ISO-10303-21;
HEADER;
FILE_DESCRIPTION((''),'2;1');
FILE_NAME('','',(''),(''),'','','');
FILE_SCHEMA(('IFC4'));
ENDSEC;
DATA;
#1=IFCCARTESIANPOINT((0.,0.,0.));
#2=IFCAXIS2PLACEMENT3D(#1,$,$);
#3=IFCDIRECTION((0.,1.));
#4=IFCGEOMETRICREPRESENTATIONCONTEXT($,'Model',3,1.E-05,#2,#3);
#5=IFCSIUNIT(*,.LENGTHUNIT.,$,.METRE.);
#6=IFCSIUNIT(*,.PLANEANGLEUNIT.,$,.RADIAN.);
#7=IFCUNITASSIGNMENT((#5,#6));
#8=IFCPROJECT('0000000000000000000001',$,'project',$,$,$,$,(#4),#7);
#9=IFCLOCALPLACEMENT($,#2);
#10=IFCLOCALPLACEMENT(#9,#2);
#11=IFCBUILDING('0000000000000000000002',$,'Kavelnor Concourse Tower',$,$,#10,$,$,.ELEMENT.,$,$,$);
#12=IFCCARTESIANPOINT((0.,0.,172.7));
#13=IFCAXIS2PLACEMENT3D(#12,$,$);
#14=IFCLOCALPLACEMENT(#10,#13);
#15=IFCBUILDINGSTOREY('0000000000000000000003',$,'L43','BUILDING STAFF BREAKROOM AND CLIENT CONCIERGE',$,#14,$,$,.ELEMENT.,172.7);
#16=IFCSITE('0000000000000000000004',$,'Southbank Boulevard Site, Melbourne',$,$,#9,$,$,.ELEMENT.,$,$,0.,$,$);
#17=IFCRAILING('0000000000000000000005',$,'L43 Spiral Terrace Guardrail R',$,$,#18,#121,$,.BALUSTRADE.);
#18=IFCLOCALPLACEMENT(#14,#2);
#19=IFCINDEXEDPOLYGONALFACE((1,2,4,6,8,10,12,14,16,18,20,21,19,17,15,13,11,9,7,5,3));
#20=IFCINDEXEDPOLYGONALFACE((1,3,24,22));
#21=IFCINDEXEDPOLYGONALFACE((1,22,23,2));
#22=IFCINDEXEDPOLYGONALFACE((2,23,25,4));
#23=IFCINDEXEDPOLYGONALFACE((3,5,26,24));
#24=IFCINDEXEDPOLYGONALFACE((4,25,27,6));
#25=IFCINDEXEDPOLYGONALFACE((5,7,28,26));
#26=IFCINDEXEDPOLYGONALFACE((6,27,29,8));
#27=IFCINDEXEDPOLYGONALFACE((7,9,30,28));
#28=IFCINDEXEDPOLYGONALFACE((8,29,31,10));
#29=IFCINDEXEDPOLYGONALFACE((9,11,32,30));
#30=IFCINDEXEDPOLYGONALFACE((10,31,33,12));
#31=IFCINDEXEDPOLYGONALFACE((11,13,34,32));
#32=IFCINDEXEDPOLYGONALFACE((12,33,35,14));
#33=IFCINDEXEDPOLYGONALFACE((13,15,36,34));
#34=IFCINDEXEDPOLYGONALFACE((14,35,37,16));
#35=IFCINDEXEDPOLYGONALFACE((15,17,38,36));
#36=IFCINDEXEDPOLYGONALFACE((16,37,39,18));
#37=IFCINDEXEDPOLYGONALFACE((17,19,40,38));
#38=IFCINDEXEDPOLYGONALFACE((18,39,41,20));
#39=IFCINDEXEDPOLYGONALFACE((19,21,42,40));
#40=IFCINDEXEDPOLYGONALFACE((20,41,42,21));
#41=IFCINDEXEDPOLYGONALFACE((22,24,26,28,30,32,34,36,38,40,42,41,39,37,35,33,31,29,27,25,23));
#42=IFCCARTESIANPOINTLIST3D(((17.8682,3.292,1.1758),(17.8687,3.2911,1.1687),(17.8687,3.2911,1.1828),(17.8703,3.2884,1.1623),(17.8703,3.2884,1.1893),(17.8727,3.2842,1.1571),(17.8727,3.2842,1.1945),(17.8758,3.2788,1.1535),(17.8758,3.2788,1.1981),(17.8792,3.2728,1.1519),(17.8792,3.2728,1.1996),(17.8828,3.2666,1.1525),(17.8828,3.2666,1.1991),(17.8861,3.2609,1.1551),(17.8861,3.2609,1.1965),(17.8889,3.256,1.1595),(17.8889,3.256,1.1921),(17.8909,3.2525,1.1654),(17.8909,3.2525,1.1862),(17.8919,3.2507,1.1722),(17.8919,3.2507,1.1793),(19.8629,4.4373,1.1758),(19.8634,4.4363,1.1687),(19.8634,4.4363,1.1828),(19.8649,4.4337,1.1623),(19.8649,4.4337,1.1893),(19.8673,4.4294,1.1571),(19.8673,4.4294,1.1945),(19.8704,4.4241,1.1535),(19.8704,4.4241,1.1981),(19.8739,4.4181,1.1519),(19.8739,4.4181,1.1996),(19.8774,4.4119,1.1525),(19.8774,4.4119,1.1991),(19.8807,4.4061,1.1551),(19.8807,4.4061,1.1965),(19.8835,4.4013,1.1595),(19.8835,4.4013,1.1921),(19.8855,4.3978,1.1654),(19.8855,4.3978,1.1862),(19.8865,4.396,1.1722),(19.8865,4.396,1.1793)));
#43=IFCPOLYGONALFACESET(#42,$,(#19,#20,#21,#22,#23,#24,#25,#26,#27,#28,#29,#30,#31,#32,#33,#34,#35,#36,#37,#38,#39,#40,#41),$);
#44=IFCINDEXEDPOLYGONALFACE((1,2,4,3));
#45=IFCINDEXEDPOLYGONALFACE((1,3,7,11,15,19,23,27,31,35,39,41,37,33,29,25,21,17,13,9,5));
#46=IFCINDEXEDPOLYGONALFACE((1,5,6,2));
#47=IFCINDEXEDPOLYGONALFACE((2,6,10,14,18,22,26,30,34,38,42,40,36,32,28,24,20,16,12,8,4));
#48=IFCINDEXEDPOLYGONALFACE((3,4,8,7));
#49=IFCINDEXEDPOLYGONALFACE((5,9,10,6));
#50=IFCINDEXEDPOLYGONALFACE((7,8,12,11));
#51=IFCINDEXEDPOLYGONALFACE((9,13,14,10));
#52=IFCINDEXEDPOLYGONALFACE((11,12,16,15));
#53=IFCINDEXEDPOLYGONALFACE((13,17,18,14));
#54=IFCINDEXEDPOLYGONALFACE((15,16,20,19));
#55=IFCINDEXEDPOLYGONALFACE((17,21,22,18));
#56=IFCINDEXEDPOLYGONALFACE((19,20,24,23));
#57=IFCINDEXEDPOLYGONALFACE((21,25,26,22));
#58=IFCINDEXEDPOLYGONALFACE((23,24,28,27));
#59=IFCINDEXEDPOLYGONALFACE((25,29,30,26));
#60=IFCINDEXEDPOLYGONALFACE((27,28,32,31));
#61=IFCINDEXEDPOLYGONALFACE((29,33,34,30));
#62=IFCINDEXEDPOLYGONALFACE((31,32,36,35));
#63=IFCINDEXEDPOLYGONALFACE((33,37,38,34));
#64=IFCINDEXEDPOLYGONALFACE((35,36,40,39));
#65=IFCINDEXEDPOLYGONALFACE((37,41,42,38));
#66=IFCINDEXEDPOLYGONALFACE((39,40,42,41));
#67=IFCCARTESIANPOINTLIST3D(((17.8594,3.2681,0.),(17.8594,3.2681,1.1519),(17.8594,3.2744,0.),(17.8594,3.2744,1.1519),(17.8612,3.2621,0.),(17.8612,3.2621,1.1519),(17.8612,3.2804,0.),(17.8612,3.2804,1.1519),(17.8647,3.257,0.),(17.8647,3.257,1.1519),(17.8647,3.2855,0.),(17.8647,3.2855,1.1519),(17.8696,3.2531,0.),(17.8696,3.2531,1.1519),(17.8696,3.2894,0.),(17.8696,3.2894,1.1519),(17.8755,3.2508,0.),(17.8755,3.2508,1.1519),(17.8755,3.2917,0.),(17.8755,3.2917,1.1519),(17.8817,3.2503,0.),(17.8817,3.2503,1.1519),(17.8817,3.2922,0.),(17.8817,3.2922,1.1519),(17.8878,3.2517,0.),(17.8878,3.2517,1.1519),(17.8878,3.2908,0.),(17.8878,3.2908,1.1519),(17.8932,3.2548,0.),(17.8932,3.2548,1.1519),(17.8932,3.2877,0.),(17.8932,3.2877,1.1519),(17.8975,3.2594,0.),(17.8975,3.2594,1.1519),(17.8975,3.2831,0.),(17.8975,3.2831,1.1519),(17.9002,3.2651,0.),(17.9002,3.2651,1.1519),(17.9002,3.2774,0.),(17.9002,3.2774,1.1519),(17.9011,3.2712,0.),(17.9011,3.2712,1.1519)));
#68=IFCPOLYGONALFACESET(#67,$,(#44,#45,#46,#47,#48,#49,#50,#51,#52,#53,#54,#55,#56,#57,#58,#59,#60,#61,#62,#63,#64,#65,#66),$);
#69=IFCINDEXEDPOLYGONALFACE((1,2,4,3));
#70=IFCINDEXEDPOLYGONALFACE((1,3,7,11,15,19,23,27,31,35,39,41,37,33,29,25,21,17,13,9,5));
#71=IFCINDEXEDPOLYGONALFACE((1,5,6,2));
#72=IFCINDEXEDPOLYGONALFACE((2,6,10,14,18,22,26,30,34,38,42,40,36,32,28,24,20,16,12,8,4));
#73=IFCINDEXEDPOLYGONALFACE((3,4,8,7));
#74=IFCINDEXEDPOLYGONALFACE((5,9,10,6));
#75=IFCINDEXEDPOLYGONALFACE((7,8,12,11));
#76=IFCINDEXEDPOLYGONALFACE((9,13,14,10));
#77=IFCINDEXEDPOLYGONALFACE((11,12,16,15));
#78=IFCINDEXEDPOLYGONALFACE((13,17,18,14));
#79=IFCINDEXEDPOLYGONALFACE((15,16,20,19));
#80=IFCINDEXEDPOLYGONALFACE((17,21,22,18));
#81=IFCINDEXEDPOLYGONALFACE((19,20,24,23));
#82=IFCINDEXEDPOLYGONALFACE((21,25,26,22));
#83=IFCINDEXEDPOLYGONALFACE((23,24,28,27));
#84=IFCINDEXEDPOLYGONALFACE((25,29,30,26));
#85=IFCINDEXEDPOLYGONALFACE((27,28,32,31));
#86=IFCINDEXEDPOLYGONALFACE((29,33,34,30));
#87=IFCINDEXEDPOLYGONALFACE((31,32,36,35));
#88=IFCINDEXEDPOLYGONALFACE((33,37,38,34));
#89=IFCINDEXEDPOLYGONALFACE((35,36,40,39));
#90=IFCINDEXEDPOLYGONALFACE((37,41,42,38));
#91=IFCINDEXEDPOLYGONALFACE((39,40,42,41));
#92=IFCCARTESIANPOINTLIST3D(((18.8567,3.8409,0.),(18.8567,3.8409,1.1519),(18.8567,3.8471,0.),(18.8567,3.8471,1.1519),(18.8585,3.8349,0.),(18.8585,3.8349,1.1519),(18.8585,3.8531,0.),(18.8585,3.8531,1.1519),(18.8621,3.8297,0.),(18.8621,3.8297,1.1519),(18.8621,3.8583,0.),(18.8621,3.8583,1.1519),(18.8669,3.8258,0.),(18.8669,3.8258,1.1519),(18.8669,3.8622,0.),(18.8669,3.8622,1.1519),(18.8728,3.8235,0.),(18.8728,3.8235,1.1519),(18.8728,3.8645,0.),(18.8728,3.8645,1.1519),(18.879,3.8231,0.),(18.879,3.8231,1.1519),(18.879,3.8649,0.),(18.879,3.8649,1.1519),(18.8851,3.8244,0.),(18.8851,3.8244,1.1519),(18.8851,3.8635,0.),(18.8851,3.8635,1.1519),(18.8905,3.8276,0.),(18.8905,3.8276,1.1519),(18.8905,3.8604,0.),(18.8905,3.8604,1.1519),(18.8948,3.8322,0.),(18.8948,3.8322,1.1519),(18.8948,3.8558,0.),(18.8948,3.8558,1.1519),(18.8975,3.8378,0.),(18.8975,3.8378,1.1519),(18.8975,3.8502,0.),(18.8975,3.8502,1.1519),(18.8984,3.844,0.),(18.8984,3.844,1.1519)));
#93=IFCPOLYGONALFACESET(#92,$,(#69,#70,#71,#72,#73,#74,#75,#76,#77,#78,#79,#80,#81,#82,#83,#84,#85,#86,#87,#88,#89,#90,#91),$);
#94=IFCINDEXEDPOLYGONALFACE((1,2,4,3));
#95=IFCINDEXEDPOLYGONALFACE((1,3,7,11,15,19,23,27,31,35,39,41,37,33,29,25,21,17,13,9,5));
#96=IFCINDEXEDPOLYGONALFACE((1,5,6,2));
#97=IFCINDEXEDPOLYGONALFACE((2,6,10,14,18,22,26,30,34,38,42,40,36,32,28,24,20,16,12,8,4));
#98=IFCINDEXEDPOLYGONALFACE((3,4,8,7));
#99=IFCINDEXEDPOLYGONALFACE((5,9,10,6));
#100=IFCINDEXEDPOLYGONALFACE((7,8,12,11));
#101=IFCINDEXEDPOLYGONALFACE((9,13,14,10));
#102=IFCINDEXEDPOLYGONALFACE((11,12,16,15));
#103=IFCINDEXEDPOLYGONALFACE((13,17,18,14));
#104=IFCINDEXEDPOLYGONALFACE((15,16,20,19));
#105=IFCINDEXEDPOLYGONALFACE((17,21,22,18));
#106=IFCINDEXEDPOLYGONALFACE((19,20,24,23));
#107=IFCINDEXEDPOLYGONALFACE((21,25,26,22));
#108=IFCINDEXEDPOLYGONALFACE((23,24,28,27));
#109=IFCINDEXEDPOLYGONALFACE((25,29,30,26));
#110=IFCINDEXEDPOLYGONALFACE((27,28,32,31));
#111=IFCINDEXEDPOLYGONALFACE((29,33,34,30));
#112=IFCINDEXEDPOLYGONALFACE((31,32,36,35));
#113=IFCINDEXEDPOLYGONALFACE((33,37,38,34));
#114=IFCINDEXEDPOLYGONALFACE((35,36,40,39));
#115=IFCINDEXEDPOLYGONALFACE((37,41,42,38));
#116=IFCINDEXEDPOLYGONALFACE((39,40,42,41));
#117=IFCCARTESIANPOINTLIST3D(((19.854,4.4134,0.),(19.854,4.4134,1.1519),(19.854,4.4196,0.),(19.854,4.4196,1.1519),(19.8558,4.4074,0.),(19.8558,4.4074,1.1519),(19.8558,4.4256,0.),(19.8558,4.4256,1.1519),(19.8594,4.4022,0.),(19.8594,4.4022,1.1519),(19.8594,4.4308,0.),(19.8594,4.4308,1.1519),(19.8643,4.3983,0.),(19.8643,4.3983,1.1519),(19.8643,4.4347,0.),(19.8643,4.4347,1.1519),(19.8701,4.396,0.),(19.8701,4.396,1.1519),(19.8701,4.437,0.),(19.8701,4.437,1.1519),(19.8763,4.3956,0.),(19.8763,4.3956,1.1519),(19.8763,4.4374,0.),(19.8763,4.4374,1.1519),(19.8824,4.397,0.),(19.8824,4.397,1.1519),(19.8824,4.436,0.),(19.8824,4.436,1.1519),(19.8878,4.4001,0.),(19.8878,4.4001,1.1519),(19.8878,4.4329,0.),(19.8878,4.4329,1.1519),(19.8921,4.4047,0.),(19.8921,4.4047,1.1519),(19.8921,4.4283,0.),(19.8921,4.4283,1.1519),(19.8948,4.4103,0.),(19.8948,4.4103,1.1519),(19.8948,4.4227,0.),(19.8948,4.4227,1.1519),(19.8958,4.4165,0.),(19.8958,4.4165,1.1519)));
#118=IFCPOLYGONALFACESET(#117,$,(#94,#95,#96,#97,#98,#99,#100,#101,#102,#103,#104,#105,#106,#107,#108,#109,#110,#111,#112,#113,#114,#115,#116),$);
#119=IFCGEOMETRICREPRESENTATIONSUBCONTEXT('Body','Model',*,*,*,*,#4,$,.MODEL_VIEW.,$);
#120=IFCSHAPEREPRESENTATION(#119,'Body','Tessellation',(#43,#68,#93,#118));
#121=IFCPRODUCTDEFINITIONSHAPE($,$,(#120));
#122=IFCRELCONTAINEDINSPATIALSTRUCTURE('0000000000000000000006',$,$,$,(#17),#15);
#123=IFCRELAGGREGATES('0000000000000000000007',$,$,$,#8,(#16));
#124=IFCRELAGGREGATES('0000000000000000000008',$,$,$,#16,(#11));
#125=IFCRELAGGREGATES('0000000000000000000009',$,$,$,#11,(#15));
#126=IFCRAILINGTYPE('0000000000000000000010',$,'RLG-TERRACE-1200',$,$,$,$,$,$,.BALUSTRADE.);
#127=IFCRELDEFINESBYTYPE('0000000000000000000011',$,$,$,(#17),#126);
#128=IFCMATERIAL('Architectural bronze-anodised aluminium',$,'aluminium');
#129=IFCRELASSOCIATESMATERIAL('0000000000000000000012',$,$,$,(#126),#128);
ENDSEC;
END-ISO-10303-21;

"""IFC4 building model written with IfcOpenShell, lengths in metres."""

from ifc_helpers import new_model, si_unit, direction, frame, origin, origin_2d, place, context, subcontext, project, spatial, circle, extrude, material, type_object, element, save


model = new_model("IFC4")

# Units and contexts
model_context = context("Model", 3, precision=1e-05, world=origin(), true_north=direction((0.0, 1.0)))
body_context = subcontext(model_context, "Body", "Model", "MODEL_VIEW")
ifc_project = project(units=[si_unit("LENGTHUNIT", "METRE"), si_unit("PLANEANGLEUNIT", "RADIAN")], contexts=[model_context])

# Site, building, storey
site_placement = place(None, origin())
site = spatial("IfcSite", under=ifc_project, at=site_placement, Name="Southbank Boulevard Site, Melbourne", CompositionType="ELEMENT", RefElevation=0.0)
building_placement = place(site_placement, origin())
building = spatial("IfcBuilding", under=site, at=building_placement, Name="Kavelnor Concourse Tower", CompositionType="ELEMENT")
storey_placement = place(building_placement, frame((0.0, 0.0, 172.7)))
storey = spatial("IfcBuildingStorey", under=building, at=storey_placement, Name="L43", Description="BUILDING STAFF BREAKROOM AND CLIENT CONCIERGE", CompositionType="ELEMENT", Elevation=172.7)

# Railing
ifc_material_1 = material(Name="Architectural bronze-anodised aluminium", Category="aluminium")
railing_type = type_object("IfcRailingType", Name="RLG-TERRACE-1200", PredefinedType="BALUSTRADE", material=ifc_material_1)
railing_1_placement = place(storey_placement, frame((17.8801, 3.2712, 0.0)))
element("IfcRailing", 1, at=railing_1_placement, inside=storey, type_object=railing_type, Name="L43 Spiral Terrace Guardrail R", PredefinedType="BALUSTRADE", context=body_context, shape_type="SweptSolid", body=[
    extrude(circle(Radius=0.0239, at=origin_2d()), frame((0.0, 0.0, 1.1758), z_axis=(0.867216, 0.497933, 0.0), x_axis=(-0.497933, 0.867216, 0.0)), (0.0, 0.0, 1.0), 2.3),
    extrude(circle(Radius=0.021, at=origin_2d()), origin(), (0.0, 0.0, 1.0), 1.1519),
    extrude(circle(Radius=0.021, at=origin_2d()), frame((0.9973, 0.5728, 0.0)), (0.0, 0.0, 1.0), 1.1519),
    extrude(circle(Radius=0.021, at=origin_2d()), frame((1.9946, 1.1453, 0.0)), (0.0, 0.0, 1.0), 1.1519),
])

save(model, "model.ifc")
